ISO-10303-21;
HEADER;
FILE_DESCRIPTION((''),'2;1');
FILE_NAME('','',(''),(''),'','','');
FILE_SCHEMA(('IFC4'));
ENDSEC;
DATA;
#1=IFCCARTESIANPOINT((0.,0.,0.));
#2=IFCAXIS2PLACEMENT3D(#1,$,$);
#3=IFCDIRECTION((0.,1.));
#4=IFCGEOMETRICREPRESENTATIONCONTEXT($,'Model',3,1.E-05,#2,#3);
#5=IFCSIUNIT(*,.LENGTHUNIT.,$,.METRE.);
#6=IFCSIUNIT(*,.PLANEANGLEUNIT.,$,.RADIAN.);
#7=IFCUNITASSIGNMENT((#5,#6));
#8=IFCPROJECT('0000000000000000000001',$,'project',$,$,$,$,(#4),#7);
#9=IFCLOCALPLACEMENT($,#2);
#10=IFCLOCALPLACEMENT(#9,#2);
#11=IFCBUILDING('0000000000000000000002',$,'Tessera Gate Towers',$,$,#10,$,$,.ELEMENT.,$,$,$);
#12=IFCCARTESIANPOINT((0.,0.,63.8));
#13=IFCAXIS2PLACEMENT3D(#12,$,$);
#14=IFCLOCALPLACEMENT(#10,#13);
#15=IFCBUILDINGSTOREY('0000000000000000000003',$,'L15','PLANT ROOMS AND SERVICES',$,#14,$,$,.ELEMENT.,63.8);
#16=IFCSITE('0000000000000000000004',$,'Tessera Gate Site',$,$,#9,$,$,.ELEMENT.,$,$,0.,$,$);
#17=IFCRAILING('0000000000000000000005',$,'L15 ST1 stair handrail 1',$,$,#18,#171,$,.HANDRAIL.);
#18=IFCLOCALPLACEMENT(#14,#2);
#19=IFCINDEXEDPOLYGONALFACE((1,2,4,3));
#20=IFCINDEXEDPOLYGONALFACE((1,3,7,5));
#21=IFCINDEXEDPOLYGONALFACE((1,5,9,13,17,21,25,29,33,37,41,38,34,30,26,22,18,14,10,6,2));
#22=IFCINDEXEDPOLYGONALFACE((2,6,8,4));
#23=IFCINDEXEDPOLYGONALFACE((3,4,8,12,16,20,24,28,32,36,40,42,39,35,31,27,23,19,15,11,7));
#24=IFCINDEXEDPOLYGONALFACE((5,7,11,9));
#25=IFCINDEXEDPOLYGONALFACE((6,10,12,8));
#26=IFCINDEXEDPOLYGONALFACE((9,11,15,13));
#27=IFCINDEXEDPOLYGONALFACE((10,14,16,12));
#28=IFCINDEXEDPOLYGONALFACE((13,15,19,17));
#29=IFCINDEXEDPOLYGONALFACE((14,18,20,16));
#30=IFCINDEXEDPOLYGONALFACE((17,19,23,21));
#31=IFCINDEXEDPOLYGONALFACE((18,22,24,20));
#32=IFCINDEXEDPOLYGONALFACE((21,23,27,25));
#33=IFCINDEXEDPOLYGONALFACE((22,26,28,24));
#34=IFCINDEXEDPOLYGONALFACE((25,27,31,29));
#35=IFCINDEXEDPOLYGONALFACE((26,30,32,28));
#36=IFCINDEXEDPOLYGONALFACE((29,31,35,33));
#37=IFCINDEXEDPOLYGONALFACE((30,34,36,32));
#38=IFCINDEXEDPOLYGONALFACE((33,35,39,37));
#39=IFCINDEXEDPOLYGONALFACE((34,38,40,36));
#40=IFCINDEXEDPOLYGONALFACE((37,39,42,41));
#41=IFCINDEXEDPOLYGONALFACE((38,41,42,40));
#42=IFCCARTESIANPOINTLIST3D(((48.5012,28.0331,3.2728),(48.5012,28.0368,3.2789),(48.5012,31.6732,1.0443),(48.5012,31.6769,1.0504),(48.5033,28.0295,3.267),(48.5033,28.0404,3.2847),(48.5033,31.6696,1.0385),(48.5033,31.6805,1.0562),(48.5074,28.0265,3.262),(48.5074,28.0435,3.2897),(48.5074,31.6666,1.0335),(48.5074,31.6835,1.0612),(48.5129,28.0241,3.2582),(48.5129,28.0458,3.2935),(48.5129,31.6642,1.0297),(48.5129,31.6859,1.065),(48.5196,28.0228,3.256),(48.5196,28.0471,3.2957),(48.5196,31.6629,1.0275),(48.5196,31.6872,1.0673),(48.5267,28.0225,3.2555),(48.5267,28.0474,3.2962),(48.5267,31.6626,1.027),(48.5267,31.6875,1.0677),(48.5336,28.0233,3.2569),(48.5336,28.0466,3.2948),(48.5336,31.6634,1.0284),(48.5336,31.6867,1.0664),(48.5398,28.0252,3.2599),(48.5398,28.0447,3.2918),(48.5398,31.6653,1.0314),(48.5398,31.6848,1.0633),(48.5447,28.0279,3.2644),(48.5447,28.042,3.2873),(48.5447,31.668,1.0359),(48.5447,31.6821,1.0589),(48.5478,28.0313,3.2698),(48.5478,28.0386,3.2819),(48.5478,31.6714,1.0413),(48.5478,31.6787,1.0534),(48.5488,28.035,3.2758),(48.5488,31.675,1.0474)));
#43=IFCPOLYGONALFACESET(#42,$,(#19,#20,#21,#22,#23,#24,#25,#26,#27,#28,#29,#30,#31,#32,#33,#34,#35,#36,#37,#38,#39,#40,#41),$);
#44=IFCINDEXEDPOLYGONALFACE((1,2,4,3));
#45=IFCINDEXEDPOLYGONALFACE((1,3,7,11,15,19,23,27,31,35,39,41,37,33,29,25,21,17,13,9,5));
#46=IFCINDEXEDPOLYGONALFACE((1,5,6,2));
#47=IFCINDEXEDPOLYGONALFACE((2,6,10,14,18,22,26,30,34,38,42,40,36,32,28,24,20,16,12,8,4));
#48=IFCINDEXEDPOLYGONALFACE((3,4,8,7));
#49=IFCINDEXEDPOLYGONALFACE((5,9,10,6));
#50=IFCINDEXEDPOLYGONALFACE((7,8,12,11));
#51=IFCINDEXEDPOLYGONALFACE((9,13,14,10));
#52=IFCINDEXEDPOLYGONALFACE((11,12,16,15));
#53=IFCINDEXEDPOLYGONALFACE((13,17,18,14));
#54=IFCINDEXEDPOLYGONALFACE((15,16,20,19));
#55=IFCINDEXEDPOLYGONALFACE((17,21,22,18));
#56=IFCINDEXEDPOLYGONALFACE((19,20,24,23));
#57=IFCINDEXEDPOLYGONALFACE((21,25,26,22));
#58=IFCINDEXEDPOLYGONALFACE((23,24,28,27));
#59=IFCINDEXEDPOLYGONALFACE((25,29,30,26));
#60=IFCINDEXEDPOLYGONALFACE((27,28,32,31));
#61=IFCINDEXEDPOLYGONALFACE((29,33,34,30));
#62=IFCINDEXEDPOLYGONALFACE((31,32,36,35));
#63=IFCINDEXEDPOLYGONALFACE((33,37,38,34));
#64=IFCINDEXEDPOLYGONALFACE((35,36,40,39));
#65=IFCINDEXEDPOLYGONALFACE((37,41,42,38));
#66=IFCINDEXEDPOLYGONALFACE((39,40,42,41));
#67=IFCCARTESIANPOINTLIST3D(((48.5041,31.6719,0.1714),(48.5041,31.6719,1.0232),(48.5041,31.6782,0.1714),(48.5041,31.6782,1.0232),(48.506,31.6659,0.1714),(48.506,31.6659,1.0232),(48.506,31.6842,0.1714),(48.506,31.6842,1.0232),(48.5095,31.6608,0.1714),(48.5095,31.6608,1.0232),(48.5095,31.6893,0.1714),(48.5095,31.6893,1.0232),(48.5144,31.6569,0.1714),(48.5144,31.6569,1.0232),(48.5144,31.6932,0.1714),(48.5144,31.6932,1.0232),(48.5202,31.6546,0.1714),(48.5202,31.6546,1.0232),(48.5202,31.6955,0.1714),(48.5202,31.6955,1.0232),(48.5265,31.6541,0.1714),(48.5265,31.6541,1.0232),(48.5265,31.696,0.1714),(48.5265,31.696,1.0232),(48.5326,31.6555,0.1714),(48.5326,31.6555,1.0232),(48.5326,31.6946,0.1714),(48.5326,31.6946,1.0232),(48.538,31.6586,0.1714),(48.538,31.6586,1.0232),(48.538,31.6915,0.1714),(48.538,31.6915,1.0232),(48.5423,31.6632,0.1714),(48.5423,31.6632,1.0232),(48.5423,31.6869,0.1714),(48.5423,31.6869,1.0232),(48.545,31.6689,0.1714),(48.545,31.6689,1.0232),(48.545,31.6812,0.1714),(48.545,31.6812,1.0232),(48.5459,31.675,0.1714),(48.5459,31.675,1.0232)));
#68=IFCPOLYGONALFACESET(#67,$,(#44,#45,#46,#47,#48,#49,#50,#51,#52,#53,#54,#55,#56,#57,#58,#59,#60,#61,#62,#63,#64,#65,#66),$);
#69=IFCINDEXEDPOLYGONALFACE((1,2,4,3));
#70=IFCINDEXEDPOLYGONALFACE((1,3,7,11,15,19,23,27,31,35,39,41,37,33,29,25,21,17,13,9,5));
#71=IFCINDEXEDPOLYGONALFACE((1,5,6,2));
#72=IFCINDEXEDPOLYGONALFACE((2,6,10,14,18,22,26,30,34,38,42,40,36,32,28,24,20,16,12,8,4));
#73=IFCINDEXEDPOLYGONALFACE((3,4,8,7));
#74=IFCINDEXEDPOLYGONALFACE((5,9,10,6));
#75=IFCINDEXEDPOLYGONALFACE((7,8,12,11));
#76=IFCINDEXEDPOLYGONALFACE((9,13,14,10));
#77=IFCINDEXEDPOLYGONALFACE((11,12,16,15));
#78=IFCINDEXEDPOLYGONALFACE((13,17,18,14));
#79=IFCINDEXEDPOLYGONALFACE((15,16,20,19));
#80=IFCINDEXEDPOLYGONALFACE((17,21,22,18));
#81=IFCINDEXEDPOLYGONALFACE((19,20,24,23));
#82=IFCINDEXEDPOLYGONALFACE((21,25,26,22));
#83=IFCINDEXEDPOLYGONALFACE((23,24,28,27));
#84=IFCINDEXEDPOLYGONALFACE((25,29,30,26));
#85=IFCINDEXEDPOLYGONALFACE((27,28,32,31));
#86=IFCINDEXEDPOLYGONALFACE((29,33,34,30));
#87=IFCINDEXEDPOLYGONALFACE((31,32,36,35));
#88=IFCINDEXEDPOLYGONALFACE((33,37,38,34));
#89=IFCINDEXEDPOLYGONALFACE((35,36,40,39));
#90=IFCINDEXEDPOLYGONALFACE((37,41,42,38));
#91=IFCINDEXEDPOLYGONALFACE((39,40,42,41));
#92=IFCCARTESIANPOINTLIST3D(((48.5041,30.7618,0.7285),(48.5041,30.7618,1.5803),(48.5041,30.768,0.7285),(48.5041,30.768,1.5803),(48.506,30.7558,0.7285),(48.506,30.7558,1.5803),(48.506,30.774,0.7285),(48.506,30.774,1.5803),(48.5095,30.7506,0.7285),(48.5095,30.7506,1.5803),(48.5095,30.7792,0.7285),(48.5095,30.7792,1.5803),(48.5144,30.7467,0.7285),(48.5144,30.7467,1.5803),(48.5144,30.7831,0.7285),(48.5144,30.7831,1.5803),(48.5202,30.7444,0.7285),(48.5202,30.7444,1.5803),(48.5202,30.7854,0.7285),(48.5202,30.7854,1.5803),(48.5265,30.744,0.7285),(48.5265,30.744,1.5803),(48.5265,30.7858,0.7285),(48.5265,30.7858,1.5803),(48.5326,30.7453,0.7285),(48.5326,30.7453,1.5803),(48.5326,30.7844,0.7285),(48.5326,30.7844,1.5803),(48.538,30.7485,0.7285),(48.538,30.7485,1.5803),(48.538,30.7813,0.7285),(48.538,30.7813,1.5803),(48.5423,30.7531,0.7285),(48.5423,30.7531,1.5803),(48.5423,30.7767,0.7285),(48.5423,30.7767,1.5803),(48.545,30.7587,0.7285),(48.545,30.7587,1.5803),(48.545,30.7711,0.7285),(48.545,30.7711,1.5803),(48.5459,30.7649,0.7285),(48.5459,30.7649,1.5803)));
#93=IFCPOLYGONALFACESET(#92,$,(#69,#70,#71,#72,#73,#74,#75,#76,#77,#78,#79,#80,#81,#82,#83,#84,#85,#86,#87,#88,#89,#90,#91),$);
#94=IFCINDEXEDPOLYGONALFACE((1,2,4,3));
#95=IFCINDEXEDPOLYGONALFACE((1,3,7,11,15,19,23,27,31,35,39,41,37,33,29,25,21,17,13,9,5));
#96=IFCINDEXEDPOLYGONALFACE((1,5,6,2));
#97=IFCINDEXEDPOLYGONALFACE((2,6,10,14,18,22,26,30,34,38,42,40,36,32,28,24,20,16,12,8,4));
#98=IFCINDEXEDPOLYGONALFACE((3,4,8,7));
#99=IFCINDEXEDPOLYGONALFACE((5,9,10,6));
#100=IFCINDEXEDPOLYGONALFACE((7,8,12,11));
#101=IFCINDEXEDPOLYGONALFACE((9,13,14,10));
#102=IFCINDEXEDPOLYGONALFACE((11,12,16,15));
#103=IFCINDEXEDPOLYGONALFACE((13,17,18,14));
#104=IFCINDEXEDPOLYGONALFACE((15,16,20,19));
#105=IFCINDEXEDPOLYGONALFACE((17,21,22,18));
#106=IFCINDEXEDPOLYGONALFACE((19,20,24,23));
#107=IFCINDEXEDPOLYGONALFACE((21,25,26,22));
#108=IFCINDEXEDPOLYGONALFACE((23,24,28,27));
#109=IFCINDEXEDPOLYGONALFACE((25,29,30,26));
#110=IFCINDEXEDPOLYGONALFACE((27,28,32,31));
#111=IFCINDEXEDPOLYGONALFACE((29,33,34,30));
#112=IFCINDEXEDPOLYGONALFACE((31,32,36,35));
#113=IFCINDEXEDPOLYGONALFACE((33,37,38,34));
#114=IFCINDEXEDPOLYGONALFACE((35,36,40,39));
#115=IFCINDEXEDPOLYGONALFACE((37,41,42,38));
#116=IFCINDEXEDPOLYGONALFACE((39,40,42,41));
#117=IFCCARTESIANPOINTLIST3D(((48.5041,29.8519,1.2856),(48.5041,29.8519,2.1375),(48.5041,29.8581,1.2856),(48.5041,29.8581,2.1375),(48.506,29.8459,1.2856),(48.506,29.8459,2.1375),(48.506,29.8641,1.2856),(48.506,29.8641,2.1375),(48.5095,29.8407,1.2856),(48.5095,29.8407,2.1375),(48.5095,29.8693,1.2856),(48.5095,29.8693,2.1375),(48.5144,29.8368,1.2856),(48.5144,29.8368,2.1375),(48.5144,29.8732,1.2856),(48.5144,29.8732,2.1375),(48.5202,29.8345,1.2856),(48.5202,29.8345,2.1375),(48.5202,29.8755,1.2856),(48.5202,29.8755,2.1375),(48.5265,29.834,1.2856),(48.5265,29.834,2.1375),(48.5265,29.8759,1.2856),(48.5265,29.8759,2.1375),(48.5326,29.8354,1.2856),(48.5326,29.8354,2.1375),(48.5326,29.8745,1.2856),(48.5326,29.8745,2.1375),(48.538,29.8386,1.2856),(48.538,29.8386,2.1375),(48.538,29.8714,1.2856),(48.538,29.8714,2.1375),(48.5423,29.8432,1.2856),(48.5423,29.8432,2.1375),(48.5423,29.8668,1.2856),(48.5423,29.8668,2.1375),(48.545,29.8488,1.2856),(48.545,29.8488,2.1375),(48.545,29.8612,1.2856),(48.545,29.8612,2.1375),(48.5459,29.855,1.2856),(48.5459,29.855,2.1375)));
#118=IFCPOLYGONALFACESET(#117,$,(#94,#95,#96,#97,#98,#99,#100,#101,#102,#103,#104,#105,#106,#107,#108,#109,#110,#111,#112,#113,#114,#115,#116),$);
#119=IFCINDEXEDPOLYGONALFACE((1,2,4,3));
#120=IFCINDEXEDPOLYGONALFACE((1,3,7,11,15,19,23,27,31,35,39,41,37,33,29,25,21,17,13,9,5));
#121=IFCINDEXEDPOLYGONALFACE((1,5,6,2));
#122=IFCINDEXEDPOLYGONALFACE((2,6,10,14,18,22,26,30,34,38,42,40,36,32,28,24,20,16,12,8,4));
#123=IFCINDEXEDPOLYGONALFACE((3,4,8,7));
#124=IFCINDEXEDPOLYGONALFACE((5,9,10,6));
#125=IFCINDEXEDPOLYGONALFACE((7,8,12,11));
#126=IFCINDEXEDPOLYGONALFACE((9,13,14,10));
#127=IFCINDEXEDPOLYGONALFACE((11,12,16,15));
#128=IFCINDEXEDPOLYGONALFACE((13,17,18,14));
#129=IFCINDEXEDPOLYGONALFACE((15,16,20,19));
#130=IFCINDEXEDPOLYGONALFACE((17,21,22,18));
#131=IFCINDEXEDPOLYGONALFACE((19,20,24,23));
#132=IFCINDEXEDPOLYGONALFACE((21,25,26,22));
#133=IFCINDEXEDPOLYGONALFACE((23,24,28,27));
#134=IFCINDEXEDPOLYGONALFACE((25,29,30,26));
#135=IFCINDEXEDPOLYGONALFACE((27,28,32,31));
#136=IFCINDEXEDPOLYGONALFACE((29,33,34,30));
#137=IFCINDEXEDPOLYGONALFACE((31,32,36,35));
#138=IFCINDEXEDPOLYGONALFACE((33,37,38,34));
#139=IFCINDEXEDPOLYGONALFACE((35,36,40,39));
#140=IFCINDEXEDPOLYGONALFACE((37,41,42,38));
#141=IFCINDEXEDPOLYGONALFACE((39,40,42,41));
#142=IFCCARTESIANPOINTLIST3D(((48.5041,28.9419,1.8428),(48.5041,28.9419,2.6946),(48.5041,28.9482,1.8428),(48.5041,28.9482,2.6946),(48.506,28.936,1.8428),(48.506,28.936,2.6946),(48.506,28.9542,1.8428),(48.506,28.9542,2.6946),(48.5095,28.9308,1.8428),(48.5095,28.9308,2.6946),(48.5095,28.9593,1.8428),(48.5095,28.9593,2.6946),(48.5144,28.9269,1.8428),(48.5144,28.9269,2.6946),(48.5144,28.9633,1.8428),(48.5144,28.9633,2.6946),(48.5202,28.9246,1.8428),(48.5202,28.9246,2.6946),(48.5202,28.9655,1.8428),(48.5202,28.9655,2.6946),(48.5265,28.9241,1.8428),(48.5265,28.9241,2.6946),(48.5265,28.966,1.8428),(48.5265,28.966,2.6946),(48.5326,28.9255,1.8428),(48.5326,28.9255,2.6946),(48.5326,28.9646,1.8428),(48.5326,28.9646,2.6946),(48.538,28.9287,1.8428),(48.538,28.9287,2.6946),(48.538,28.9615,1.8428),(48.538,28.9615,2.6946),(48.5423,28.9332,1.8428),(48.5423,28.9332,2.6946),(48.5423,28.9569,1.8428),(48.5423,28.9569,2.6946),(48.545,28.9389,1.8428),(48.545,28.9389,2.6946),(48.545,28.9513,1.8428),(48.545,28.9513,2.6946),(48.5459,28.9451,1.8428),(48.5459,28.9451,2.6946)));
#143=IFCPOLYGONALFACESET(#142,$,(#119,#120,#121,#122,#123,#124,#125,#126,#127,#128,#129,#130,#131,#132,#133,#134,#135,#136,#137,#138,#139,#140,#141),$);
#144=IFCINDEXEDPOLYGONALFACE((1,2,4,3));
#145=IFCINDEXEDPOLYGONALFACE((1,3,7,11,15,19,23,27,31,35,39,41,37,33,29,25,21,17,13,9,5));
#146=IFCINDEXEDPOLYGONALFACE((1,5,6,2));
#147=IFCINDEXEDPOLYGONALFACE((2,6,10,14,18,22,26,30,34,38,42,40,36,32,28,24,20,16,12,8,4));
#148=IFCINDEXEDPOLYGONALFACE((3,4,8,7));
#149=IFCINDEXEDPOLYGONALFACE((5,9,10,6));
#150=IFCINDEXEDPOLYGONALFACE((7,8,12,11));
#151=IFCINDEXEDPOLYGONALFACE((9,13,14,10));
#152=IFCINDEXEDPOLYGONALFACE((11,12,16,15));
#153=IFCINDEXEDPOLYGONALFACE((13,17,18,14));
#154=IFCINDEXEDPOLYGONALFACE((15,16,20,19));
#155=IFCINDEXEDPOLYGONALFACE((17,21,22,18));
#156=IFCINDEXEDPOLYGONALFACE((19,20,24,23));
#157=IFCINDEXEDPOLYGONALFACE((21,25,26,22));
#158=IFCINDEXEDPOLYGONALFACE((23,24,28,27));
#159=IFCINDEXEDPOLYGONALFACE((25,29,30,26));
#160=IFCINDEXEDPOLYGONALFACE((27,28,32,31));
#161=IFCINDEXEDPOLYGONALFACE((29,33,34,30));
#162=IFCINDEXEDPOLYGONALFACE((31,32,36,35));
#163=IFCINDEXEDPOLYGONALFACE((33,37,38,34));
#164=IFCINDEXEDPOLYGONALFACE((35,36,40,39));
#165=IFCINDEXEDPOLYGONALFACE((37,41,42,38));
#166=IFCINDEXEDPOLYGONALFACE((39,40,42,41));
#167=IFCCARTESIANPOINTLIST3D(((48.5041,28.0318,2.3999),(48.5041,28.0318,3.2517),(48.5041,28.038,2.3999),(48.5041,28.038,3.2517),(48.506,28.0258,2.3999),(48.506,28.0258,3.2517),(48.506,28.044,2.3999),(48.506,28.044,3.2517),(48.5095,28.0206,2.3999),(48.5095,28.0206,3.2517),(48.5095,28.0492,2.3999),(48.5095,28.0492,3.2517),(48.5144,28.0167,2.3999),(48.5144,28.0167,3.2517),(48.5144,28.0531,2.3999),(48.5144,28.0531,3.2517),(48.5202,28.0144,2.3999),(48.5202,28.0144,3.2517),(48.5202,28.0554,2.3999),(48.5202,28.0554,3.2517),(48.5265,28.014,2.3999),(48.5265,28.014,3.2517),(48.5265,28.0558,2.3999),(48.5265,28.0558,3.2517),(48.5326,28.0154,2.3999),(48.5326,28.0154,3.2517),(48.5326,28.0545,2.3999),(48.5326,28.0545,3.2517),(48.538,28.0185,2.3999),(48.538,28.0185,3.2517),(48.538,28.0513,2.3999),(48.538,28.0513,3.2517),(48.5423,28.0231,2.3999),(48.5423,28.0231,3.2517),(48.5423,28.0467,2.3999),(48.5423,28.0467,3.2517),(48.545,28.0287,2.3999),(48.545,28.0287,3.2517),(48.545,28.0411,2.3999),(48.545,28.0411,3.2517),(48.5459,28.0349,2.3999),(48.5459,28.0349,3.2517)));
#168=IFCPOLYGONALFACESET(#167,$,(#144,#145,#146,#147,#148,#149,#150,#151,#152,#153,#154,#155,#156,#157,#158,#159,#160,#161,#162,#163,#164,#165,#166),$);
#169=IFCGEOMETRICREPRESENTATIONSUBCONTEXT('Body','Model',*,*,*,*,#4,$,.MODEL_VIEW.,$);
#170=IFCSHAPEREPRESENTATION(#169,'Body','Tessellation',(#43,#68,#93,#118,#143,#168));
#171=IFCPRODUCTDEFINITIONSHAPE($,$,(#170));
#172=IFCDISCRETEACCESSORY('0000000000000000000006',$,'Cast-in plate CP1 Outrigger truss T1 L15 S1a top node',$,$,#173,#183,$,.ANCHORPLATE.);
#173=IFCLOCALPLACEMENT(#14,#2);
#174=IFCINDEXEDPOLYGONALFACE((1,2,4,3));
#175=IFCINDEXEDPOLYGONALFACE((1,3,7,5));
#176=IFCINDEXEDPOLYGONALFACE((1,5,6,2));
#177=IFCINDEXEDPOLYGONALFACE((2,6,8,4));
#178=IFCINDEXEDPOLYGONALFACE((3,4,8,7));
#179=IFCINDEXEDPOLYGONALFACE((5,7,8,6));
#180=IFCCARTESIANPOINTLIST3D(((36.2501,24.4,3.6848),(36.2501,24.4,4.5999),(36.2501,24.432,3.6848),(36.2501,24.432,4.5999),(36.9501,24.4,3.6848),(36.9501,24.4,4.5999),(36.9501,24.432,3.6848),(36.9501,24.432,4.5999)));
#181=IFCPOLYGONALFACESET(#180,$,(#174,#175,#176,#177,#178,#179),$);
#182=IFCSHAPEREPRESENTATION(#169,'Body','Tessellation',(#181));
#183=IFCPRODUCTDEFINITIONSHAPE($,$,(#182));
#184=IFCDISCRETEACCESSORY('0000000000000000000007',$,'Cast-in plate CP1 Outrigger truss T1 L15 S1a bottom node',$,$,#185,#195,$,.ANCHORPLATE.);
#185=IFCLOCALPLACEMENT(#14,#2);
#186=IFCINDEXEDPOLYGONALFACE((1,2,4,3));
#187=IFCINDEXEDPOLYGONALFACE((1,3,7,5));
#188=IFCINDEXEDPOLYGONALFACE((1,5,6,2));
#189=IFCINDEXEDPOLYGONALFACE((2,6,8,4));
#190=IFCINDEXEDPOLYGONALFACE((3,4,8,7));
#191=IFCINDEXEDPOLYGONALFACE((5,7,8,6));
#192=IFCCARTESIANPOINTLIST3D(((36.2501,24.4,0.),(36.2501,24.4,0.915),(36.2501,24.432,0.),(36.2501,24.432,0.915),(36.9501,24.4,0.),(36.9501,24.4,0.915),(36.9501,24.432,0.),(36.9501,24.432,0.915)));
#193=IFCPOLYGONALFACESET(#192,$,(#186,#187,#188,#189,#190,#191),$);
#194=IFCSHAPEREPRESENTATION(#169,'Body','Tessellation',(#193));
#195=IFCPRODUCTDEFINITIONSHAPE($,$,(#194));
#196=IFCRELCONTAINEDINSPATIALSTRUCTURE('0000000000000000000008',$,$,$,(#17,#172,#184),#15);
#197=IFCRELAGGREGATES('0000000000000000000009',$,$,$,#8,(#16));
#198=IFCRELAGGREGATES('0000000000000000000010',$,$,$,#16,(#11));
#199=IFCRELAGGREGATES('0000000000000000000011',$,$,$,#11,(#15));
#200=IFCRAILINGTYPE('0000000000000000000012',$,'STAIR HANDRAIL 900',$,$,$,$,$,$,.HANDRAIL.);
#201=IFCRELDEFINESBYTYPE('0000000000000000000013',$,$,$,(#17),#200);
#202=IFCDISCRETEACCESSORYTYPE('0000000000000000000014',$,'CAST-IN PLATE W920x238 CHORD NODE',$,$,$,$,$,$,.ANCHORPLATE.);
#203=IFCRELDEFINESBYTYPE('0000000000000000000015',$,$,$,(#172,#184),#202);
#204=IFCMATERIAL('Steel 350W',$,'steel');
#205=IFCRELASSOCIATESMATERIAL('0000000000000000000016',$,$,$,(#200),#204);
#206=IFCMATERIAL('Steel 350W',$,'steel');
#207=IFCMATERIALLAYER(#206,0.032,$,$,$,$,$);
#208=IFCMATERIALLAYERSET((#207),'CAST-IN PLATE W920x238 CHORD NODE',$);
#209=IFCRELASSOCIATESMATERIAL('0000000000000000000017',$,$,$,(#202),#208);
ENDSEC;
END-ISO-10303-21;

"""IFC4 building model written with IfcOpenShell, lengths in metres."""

from ifc_helpers import new_model, si_unit, direction, frame, origin, origin_2d, place, context, subcontext, project, spatial, rectangle, circle, extrude, material, layer, layer_set, type_object, element, save


model = new_model("IFC4")

# Units and contexts
model_context = context("Model", 3, precision=1e-05, world=origin(), true_north=direction((0.0, 1.0)))
body_context = subcontext(model_context, "Body", "Model", "MODEL_VIEW")
ifc_project = project(units=[si_unit("LENGTHUNIT", "METRE"), si_unit("PLANEANGLEUNIT", "RADIAN")], contexts=[model_context])

# Site, building, storey
site_placement = place(None, origin())
site = spatial("IfcSite", under=ifc_project, at=site_placement, Name="Tessera Gate Site", CompositionType="ELEMENT", RefElevation=0.0)
building_placement = place(site_placement, origin())
building = spatial("IfcBuilding", under=site, at=building_placement, Name="Tessera Gate Towers", CompositionType="ELEMENT")
storey_placement = place(building_placement, frame((0.0, 0.0, 63.8)))
storey = spatial("IfcBuildingStorey", under=building, at=storey_placement, Name="L15", Description="PLANT ROOMS AND SERVICES", CompositionType="ELEMENT", Elevation=63.8)

# Railing
ifc_material_1 = material(Name="Steel 350W", Category="steel")
railing_type = type_object("IfcRailingType", Name="STAIR HANDRAIL 900", PredefinedType="HANDRAIL", material=ifc_material_1)
railing_placement = place(storey_placement, frame((48.5249, 31.675, 0.1714)))
element("IfcRailing", 1, at=railing_placement, inside=storey, type_object=railing_type, Name="L15 ST1 stair handrail 1", PredefinedType="HANDRAIL", context=body_context, shape_type="SweptSolid", body=[
    extrude(circle(Radius=0.0239, at=origin_2d()), frame((0.0, 0.0, 0.876), z_axis=(0.0, -0.852866, 0.52213), x_axis=(1.0, 0.0, 0.0)), (0.0, 0.0, 1.0), 4.2681),
    extrude(circle(Radius=0.021, at=origin_2d()), origin(), (0.0, 0.0, 1.0), 0.8518),
    extrude(circle(Radius=0.021, at=origin_2d()), frame((0.0, -0.9102, 0.5571)), (0.0, 0.0, 1.0), 0.8518),
    extrude(circle(Radius=0.021, at=origin_2d()), frame((0.0, -1.8201, 1.1143)), (0.0, 0.0, 1.0), 0.8518),
    extrude(circle(Radius=0.021, at=origin_2d()), frame((0.0, -2.73, 1.6714)), (0.0, 0.0, 1.0), 0.8518),
    extrude(circle(Radius=0.021, at=origin_2d()), frame((0.0, -3.6401, 2.2285)), (0.0, 0.0, 1.0), 0.8518),
])

# Discrete accessories
ifc_material_2 = material(Name="Steel 350W", Category="steel")
ifc_layer_1 = layer(ifc_material_2, 0.032)
ifc_layer_set_1 = layer_set([ifc_layer_1], Name="CAST-IN PLATE W920x238 CHORD NODE")
discrete_accessory_type = type_object("IfcDiscreteAccessoryType", Name="CAST-IN PLATE W920x238 CHORD NODE", PredefinedType="ANCHORPLATE", material=ifc_layer_set_1)
for number, where, z_axis, x_axis, name in (
    (2, (36.6001, 24.416, 3.6848), (0.0, 0.0, 1.0), (1.0, 0.0, 0.0), "Cast-in plate CP1 Outrigger truss T1 L15 S1a top node"),
    (3, (36.6001, 24.416, 0.0), (0.0, 0.0, 1.0), (1.0, 0.0, 0.0), "Cast-in plate CP1 Outrigger truss T1 L15 S1a bottom node"),
):
    element("IfcDiscreteAccessory", number, at=place(storey_placement, frame(where, z_axis=z_axis, x_axis=x_axis)), inside=storey, type_object=discrete_accessory_type, Name=name, PredefinedType="ANCHORPLATE", context=body_context, shape_type="SweptSolid", body=[
        extrude(rectangle(XDim=0.7, YDim=0.032, at=origin_2d()), origin(), (0.0, 0.0, 1.0), 0.915),
    ])

save(model, "model.ifc")
